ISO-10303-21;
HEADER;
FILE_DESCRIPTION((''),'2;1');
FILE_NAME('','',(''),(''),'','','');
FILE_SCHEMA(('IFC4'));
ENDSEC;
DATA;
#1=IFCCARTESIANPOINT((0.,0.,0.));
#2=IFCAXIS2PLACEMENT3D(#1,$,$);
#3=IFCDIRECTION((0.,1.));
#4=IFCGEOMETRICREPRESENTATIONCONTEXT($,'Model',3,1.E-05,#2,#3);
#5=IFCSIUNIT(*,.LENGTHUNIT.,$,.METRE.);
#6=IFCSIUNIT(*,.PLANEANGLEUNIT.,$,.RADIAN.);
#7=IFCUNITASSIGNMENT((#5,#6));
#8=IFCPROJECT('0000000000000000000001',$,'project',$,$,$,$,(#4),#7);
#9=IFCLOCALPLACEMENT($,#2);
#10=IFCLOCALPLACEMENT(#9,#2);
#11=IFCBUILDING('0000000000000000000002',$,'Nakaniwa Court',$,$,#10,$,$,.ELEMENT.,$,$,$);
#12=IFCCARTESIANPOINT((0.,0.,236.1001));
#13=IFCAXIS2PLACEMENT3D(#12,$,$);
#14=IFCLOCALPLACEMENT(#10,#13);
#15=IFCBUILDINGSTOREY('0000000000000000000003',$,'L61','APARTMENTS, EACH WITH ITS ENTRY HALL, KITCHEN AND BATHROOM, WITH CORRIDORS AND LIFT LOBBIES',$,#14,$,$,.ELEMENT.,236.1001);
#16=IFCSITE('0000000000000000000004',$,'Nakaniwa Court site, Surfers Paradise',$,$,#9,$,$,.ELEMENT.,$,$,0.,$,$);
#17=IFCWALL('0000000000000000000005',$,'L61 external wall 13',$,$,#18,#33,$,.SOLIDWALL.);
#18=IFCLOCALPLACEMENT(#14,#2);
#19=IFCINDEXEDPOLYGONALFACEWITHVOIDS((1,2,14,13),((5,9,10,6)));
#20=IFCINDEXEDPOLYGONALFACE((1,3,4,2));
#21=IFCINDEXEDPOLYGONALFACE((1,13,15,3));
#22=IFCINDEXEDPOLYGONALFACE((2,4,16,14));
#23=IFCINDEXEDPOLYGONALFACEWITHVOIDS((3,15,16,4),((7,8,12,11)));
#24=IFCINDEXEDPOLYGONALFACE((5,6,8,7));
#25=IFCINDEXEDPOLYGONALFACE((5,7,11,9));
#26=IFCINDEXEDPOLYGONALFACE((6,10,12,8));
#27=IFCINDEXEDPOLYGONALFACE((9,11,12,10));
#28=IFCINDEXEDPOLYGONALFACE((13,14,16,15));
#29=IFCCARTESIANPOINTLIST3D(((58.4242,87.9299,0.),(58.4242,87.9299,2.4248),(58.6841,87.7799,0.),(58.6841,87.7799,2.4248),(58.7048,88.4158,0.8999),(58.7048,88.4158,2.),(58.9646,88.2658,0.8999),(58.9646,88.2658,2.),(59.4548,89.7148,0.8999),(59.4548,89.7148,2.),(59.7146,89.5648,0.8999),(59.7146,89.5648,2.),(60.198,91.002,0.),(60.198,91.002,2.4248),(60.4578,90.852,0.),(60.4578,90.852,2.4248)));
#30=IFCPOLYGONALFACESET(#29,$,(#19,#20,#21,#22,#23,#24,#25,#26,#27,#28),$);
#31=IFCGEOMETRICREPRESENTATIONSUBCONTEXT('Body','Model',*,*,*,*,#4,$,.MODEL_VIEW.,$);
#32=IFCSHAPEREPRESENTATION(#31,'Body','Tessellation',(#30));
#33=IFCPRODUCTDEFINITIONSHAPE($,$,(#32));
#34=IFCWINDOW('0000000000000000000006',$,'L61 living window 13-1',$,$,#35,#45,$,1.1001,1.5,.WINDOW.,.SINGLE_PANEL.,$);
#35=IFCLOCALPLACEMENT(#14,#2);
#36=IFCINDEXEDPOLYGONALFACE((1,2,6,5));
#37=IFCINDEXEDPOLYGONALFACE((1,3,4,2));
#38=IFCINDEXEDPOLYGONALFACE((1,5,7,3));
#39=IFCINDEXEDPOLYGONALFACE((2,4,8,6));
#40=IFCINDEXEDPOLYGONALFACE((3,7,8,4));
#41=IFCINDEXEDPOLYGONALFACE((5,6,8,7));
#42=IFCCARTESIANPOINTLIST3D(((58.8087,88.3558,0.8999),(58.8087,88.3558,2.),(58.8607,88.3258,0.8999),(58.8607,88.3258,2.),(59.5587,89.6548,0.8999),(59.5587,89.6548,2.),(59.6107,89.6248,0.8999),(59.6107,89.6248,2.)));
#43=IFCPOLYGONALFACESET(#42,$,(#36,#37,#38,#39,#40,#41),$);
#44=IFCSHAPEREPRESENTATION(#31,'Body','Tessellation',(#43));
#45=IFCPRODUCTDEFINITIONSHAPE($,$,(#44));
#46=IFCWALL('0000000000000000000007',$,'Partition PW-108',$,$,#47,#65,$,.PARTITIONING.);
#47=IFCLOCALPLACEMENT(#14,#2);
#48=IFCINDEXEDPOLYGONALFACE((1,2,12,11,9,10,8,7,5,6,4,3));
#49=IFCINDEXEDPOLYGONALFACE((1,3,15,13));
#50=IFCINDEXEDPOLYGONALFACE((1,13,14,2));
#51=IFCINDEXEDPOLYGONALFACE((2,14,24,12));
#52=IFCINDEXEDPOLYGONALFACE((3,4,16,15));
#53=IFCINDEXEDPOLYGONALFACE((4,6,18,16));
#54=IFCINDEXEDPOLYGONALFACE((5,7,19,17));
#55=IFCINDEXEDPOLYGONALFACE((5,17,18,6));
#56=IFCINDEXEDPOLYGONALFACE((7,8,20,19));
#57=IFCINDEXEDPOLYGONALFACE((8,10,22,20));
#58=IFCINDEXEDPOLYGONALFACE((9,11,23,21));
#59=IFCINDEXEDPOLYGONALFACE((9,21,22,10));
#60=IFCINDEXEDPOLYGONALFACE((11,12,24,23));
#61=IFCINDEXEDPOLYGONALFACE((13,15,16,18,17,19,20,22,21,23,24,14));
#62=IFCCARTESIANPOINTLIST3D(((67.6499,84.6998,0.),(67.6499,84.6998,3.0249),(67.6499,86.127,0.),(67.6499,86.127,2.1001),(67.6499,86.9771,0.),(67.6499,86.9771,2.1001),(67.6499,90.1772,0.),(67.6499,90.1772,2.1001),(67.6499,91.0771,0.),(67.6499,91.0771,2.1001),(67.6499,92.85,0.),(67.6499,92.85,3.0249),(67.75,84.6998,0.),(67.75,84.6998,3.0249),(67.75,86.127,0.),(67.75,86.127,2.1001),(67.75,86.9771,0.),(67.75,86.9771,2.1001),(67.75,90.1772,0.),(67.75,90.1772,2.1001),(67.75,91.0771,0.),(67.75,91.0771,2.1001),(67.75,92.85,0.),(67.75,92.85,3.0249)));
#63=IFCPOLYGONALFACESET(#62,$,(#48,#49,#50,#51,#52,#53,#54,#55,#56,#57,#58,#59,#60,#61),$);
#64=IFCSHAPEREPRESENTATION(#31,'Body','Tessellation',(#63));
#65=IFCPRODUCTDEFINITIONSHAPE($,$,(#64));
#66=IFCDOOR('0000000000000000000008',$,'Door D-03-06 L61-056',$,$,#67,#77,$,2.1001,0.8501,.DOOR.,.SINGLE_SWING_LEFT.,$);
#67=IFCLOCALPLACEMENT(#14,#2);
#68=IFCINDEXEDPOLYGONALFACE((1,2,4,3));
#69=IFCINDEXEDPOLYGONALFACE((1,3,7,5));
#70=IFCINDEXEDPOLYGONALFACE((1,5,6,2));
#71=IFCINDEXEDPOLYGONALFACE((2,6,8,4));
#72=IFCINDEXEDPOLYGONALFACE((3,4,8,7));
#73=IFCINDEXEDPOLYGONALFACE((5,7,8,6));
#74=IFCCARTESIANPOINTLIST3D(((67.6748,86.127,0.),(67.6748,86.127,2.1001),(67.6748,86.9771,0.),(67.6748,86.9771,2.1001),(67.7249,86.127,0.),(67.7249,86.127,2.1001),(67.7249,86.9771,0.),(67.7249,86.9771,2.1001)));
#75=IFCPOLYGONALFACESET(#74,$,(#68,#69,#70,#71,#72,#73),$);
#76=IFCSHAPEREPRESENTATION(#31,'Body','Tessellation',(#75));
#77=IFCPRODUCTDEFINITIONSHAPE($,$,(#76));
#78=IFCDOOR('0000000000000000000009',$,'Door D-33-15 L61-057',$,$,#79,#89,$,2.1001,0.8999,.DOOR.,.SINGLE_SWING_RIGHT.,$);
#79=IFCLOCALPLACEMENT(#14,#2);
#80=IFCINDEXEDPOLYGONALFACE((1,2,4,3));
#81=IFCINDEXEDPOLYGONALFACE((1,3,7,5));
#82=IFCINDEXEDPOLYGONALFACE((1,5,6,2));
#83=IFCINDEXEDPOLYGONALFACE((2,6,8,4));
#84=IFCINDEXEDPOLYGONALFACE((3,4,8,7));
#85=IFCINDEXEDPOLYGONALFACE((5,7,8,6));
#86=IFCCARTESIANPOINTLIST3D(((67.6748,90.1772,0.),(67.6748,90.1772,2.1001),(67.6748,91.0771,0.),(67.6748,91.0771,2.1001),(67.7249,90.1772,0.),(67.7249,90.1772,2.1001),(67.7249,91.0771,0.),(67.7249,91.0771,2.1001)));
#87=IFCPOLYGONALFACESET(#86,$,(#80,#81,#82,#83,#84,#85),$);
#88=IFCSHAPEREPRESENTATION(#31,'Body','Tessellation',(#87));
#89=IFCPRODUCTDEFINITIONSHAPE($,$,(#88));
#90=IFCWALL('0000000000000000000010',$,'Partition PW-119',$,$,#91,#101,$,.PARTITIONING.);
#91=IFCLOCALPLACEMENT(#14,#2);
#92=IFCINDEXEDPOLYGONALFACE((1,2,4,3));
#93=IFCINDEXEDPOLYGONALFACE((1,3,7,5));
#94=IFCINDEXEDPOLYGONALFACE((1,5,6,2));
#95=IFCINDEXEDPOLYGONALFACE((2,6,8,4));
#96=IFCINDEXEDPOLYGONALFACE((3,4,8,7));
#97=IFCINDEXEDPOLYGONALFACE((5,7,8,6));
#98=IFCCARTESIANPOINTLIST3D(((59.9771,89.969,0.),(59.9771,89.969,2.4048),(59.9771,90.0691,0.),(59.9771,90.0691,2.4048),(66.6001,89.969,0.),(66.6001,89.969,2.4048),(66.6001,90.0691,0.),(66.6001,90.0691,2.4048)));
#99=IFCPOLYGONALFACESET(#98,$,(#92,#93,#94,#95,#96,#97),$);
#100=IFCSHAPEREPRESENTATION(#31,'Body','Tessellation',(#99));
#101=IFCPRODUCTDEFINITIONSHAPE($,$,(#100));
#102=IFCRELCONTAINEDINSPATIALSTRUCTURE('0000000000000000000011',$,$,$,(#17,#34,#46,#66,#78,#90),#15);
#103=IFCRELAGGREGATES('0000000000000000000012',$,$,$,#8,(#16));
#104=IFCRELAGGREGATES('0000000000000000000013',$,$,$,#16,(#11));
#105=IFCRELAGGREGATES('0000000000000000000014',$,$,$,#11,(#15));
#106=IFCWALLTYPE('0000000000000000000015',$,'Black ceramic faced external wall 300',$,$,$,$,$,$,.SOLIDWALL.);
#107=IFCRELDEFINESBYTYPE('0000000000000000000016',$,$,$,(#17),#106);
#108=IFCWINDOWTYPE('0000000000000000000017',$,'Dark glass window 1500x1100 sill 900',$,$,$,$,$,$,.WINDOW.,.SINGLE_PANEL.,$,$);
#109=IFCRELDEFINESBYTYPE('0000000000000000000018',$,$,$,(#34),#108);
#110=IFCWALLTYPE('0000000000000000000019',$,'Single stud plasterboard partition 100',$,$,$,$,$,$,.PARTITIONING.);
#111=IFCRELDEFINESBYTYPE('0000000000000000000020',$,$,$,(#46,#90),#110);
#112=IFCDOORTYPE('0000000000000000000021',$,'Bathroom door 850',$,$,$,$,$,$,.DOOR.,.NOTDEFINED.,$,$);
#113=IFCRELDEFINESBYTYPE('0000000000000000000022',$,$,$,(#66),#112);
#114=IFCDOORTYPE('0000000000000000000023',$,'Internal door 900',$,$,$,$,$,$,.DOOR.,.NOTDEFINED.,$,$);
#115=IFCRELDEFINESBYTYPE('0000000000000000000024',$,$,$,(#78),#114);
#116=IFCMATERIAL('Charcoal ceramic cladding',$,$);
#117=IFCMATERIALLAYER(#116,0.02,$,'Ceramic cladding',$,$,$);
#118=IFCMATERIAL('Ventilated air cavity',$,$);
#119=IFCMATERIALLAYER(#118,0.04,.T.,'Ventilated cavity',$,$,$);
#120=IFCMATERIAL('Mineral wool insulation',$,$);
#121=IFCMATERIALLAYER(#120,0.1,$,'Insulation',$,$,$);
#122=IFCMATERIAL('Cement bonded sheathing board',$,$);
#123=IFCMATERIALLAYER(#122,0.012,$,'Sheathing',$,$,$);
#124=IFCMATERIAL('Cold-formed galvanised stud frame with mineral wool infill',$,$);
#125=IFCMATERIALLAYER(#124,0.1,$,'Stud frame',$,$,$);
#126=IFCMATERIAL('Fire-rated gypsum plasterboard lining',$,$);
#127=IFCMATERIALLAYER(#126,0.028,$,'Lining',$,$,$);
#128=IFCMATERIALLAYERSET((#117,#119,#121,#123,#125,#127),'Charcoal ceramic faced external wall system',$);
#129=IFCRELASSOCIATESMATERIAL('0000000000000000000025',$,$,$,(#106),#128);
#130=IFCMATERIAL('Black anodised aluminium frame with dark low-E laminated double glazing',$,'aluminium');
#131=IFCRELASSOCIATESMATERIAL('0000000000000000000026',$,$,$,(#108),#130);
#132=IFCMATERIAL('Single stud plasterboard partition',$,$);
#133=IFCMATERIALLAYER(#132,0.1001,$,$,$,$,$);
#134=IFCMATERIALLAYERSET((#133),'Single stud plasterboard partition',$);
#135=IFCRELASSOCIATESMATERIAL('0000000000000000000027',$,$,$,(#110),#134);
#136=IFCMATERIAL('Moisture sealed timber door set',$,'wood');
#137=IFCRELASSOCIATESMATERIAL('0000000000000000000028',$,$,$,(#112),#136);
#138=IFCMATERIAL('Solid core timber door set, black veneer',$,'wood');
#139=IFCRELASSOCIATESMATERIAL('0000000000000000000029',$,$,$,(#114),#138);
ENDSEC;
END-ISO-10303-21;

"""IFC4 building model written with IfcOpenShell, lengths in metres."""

from ifc_helpers import new_model, si_unit, direction, frame, frame_2d, origin, place, context, subcontext, project, spatial, rectangle, extrude, material, layer, layer_set, type_object, element, fill, save


model = new_model("IFC4")

# Units and contexts
model_context = context("Model", 3, precision=1e-05, world=origin(), true_north=direction((0.0, 1.0)))
body_context = subcontext(model_context, "Body", "Model", "MODEL_VIEW")
ifc_project = project(units=[si_unit("LENGTHUNIT", "METRE"), si_unit("PLANEANGLEUNIT", "RADIAN")], contexts=[model_context])

# Site, building, storey
site_placement = place(None, origin())
site = spatial("IfcSite", under=ifc_project, at=site_placement, Name="Nakaniwa Court site, Surfers Paradise", CompositionType="ELEMENT", RefElevation=0.0)
building_placement = place(site_placement, origin())
building = spatial("IfcBuilding", under=site, at=building_placement, Name="Nakaniwa Court", CompositionType="ELEMENT")
storey_placement = place(building_placement, frame((0.0, 0.0, 236.1001)))
storey = spatial("IfcBuildingStorey", under=building, at=storey_placement, Name="L61", Description="APARTMENTS, EACH WITH ITS ENTRY HALL, KITCHEN AND BATHROOM, WITH CORRIDORS AND LIFT LOBBIES", CompositionType="ELEMENT", Elevation=236.1001)

# Shared definitions
ifc_material_1 = material(Name="Charcoal ceramic cladding")
ifc_layer_1 = layer(ifc_material_1, 0.02, Name="Ceramic cladding")
ifc_material_2 = material(Name="Ventilated air cavity")
ifc_layer_2 = layer(ifc_material_2, 0.04, ventilated=True, Name="Ventilated cavity")
ifc_material_3 = material(Name="Mineral wool insulation")
ifc_layer_3 = layer(ifc_material_3, 0.1, Name="Insulation")
ifc_material_4 = material(Name="Cement bonded sheathing board")
ifc_layer_4 = layer(ifc_material_4, 0.012, Name="Sheathing")
ifc_material_5 = material(Name="Cold-formed galvanised stud frame with mineral wool infill")
ifc_layer_5 = layer(ifc_material_5, 0.1, Name="Stud frame")
ifc_material_6 = material(Name="Fire-rated gypsum plasterboard lining")
ifc_layer_6 = layer(ifc_material_6, 0.028, Name="Lining")
ifc_layer_set_1 = layer_set([ifc_layer_1, ifc_layer_2, ifc_layer_3, ifc_layer_4, ifc_layer_5, ifc_layer_6], Name="Charcoal ceramic faced external wall system")
wall_type_1 = type_object("IfcWallType", Name="Black ceramic faced external wall 300", PredefinedType="SOLIDWALL", material=ifc_layer_set_1)
ifc_material_7 = material(Name="Black anodised aluminium frame with dark low-E laminated double glazing", Category="aluminium")

# Wall, opening, window
wall_1_placement = place(storey_placement, frame((60.3279, 90.927, 0.0), z_axis=(0.0, 0.0, 1.0), x_axis=(-0.50001, -0.866019, 0.0)))
wall_1 = element("IfcWall", 1, at=wall_1_placement, inside=storey, type_object=wall_type_1, Name="L61 external wall 13", PredefinedType="SOLIDWALL", context=body_context, shape_type="SweptSolid", body=[
    extrude(rectangle(XDim=3.5474, YDim=0.3, at=frame_2d((1.7737, 0.0))), origin(), (0.0, 0.0, 1.0), 2.4248),
])
opening_1_placement = place(wall_1_placement, frame((1.4863, 0.0, 0.8999)))
opening_1 = element("IfcOpeningElement", 2, at=opening_1_placement, cuts=wall_1, PredefinedType="OPENING", context=body_context, shape_type="SweptSolid", body=[
    extrude(rectangle(XDim=1.5, YDim=1.1001, at=frame_2d((0.75, 0.55))), frame((0.0, 0.1599, 0.0), z_axis=(0.0, -1.0, 0.0), x_axis=(1.0, 0.0, 0.0)), (0.0, 0.0, 1.0), 0.3201),
])
window_type_1 = type_object("IfcWindowType", Name="Dark glass window 1500x1100 sill 900", PartitioningType="SINGLE_PANEL", PredefinedType="WINDOW", material=ifc_material_7)
window_1_placement = place(opening_1_placement, origin())
window_1 = element("IfcWindow", 3, at=window_1_placement, inside=storey, type_object=window_type_1, Name="L61 living window 13-1", OverallHeight=1.1001, OverallWidth=1.5, PartitioningType="SINGLE_PANEL", PredefinedType="WINDOW", context=body_context, shape_type="SweptSolid", body=[
    extrude(rectangle(XDim=1.5, YDim=1.1001, at=frame_2d((0.75, 0.55))), frame((0.0, 0.03, 0.0), z_axis=(0.0, -1.0, 0.0), x_axis=(1.0, 0.0, 0.0)), (0.0, 0.0, 1.0), 0.0601),
])
fill(opening_1, window_1)

# Wall, openings, doors
ifc_material_8 = material(Name="Single stud plasterboard partition")
ifc_layer_7 = layer(ifc_material_8, 0.1001)
ifc_layer_set_2 = layer_set([ifc_layer_7], Name="Single stud plasterboard partition")
wall_type_2 = type_object("IfcWallType", Name="Single stud plasterboard partition 100", PredefinedType="PARTITIONING", material=ifc_layer_set_2)
wall_2_placement = place(storey_placement, frame((67.7, 92.8501, 0.0), z_axis=(0.0, 0.0, 1.0), x_axis=(0.0, -1.0, 0.0)))
wall_2 = element("IfcWall", 4, at=wall_2_placement, inside=storey, type_object=wall_type_2, Name="Partition PW-108", PredefinedType="PARTITIONING", context=body_context, shape_type="SweptSolid", body=[
    extrude(rectangle(XDim=8.1501, YDim=0.1001, at=frame_2d((4.0752, 0.0))), origin(), (0.0, 0.0, 1.0), 3.0249),
])
opening_2_placement = place(wall_2_placement, frame((5.873, 0.0, 0.0)))
opening_2 = element("IfcOpeningElement", 5, at=opening_2_placement, cuts=wall_2, PredefinedType="OPENING", context=body_context, shape_type="SweptSolid", body=[
    extrude(rectangle(XDim=0.8501, YDim=2.1001, at=frame_2d((0.425, 1.05))), frame((0.0, 0.0601, 0.0), z_axis=(0.0, -1.0, 0.0), x_axis=(1.0, 0.0, 0.0)), (0.0, 0.0, 1.0), 0.1201),
])
opening_3_placement = place(wall_2_placement, frame((1.7729, 0.0, 0.0)))
opening_3 = element("IfcOpeningElement", 6, at=opening_3_placement, cuts=wall_2, PredefinedType="OPENING", context=body_context, shape_type="SweptSolid", body=[
    extrude(rectangle(XDim=0.8999, YDim=2.1001, at=frame_2d((0.45, 1.05))), frame((0.0, 0.0601, 0.0), z_axis=(0.0, -1.0, 0.0), x_axis=(1.0, 0.0, 0.0)), (0.0, 0.0, 1.0), 0.1201),
])
ifc_material_9 = material(Name="Moisture sealed timber door set", Category="wood")
door_type_1 = type_object("IfcDoorType", Name="Bathroom door 850", OperationType="NOTDEFINED", PredefinedType="DOOR", material=ifc_material_9)
door_1_placement = place(opening_2_placement, origin())
door_1 = element("IfcDoor", 7, at=door_1_placement, inside=storey, type_object=door_type_1, Name="Door D-03-06 L61-056", OperationType="SINGLE_SWING_LEFT", OverallHeight=2.1001, OverallWidth=0.8501, PredefinedType="DOOR", context=body_context, shape_type="SweptSolid", body=[
    extrude(rectangle(XDim=0.8501, YDim=2.1001, at=frame_2d((0.425, 1.05))), frame((0.0, 0.0249, 0.0), z_axis=(0.0, -1.0, 0.0), x_axis=(1.0, 0.0, 0.0)), (0.0, 0.0, 1.0), 0.05),
])
fill(opening_2, door_1)
ifc_material_10 = material(Name="Solid core timber door set, black veneer", Category="wood")
door_type_2 = type_object("IfcDoorType", Name="Internal door 900", OperationType="NOTDEFINED", PredefinedType="DOOR", material=ifc_material_10)
door_2_placement = place(opening_3_placement, origin())
door_2 = element("IfcDoor", 8, at=door_2_placement, inside=storey, type_object=door_type_2, Name="Door D-33-15 L61-057", OperationType="SINGLE_SWING_RIGHT", OverallHeight=2.1001, OverallWidth=0.8999, PredefinedType="DOOR", context=body_context, shape_type="SweptSolid", body=[
    extrude(rectangle(XDim=0.8999, YDim=2.1001, at=frame_2d((0.45, 1.05))), frame((0.0, 0.0249, 0.0), z_axis=(0.0, -1.0, 0.0), x_axis=(1.0, 0.0, 0.0)), (0.0, 0.0, 1.0), 0.05),
])
fill(opening_3, door_2)

# Wall
wall_3_placement = place(storey_placement, frame((59.9771, 90.019, 0.0), z_axis=(0.0, 0.0, 1.0), x_axis=(1.0, 0.0, 0.0)))
element("IfcWall", 9, at=wall_3_placement, inside=storey, type_object=wall_type_2, Name="Partition PW-119", PredefinedType="PARTITIONING", context=body_context, shape_type="SweptSolid", body=[
    extrude(rectangle(XDim=6.623, YDim=0.1001, at=frame_2d((3.3115, 0.0))), origin(), (0.0, 0.0, 1.0), 2.4048),
])

save(model, "model.ifc")
